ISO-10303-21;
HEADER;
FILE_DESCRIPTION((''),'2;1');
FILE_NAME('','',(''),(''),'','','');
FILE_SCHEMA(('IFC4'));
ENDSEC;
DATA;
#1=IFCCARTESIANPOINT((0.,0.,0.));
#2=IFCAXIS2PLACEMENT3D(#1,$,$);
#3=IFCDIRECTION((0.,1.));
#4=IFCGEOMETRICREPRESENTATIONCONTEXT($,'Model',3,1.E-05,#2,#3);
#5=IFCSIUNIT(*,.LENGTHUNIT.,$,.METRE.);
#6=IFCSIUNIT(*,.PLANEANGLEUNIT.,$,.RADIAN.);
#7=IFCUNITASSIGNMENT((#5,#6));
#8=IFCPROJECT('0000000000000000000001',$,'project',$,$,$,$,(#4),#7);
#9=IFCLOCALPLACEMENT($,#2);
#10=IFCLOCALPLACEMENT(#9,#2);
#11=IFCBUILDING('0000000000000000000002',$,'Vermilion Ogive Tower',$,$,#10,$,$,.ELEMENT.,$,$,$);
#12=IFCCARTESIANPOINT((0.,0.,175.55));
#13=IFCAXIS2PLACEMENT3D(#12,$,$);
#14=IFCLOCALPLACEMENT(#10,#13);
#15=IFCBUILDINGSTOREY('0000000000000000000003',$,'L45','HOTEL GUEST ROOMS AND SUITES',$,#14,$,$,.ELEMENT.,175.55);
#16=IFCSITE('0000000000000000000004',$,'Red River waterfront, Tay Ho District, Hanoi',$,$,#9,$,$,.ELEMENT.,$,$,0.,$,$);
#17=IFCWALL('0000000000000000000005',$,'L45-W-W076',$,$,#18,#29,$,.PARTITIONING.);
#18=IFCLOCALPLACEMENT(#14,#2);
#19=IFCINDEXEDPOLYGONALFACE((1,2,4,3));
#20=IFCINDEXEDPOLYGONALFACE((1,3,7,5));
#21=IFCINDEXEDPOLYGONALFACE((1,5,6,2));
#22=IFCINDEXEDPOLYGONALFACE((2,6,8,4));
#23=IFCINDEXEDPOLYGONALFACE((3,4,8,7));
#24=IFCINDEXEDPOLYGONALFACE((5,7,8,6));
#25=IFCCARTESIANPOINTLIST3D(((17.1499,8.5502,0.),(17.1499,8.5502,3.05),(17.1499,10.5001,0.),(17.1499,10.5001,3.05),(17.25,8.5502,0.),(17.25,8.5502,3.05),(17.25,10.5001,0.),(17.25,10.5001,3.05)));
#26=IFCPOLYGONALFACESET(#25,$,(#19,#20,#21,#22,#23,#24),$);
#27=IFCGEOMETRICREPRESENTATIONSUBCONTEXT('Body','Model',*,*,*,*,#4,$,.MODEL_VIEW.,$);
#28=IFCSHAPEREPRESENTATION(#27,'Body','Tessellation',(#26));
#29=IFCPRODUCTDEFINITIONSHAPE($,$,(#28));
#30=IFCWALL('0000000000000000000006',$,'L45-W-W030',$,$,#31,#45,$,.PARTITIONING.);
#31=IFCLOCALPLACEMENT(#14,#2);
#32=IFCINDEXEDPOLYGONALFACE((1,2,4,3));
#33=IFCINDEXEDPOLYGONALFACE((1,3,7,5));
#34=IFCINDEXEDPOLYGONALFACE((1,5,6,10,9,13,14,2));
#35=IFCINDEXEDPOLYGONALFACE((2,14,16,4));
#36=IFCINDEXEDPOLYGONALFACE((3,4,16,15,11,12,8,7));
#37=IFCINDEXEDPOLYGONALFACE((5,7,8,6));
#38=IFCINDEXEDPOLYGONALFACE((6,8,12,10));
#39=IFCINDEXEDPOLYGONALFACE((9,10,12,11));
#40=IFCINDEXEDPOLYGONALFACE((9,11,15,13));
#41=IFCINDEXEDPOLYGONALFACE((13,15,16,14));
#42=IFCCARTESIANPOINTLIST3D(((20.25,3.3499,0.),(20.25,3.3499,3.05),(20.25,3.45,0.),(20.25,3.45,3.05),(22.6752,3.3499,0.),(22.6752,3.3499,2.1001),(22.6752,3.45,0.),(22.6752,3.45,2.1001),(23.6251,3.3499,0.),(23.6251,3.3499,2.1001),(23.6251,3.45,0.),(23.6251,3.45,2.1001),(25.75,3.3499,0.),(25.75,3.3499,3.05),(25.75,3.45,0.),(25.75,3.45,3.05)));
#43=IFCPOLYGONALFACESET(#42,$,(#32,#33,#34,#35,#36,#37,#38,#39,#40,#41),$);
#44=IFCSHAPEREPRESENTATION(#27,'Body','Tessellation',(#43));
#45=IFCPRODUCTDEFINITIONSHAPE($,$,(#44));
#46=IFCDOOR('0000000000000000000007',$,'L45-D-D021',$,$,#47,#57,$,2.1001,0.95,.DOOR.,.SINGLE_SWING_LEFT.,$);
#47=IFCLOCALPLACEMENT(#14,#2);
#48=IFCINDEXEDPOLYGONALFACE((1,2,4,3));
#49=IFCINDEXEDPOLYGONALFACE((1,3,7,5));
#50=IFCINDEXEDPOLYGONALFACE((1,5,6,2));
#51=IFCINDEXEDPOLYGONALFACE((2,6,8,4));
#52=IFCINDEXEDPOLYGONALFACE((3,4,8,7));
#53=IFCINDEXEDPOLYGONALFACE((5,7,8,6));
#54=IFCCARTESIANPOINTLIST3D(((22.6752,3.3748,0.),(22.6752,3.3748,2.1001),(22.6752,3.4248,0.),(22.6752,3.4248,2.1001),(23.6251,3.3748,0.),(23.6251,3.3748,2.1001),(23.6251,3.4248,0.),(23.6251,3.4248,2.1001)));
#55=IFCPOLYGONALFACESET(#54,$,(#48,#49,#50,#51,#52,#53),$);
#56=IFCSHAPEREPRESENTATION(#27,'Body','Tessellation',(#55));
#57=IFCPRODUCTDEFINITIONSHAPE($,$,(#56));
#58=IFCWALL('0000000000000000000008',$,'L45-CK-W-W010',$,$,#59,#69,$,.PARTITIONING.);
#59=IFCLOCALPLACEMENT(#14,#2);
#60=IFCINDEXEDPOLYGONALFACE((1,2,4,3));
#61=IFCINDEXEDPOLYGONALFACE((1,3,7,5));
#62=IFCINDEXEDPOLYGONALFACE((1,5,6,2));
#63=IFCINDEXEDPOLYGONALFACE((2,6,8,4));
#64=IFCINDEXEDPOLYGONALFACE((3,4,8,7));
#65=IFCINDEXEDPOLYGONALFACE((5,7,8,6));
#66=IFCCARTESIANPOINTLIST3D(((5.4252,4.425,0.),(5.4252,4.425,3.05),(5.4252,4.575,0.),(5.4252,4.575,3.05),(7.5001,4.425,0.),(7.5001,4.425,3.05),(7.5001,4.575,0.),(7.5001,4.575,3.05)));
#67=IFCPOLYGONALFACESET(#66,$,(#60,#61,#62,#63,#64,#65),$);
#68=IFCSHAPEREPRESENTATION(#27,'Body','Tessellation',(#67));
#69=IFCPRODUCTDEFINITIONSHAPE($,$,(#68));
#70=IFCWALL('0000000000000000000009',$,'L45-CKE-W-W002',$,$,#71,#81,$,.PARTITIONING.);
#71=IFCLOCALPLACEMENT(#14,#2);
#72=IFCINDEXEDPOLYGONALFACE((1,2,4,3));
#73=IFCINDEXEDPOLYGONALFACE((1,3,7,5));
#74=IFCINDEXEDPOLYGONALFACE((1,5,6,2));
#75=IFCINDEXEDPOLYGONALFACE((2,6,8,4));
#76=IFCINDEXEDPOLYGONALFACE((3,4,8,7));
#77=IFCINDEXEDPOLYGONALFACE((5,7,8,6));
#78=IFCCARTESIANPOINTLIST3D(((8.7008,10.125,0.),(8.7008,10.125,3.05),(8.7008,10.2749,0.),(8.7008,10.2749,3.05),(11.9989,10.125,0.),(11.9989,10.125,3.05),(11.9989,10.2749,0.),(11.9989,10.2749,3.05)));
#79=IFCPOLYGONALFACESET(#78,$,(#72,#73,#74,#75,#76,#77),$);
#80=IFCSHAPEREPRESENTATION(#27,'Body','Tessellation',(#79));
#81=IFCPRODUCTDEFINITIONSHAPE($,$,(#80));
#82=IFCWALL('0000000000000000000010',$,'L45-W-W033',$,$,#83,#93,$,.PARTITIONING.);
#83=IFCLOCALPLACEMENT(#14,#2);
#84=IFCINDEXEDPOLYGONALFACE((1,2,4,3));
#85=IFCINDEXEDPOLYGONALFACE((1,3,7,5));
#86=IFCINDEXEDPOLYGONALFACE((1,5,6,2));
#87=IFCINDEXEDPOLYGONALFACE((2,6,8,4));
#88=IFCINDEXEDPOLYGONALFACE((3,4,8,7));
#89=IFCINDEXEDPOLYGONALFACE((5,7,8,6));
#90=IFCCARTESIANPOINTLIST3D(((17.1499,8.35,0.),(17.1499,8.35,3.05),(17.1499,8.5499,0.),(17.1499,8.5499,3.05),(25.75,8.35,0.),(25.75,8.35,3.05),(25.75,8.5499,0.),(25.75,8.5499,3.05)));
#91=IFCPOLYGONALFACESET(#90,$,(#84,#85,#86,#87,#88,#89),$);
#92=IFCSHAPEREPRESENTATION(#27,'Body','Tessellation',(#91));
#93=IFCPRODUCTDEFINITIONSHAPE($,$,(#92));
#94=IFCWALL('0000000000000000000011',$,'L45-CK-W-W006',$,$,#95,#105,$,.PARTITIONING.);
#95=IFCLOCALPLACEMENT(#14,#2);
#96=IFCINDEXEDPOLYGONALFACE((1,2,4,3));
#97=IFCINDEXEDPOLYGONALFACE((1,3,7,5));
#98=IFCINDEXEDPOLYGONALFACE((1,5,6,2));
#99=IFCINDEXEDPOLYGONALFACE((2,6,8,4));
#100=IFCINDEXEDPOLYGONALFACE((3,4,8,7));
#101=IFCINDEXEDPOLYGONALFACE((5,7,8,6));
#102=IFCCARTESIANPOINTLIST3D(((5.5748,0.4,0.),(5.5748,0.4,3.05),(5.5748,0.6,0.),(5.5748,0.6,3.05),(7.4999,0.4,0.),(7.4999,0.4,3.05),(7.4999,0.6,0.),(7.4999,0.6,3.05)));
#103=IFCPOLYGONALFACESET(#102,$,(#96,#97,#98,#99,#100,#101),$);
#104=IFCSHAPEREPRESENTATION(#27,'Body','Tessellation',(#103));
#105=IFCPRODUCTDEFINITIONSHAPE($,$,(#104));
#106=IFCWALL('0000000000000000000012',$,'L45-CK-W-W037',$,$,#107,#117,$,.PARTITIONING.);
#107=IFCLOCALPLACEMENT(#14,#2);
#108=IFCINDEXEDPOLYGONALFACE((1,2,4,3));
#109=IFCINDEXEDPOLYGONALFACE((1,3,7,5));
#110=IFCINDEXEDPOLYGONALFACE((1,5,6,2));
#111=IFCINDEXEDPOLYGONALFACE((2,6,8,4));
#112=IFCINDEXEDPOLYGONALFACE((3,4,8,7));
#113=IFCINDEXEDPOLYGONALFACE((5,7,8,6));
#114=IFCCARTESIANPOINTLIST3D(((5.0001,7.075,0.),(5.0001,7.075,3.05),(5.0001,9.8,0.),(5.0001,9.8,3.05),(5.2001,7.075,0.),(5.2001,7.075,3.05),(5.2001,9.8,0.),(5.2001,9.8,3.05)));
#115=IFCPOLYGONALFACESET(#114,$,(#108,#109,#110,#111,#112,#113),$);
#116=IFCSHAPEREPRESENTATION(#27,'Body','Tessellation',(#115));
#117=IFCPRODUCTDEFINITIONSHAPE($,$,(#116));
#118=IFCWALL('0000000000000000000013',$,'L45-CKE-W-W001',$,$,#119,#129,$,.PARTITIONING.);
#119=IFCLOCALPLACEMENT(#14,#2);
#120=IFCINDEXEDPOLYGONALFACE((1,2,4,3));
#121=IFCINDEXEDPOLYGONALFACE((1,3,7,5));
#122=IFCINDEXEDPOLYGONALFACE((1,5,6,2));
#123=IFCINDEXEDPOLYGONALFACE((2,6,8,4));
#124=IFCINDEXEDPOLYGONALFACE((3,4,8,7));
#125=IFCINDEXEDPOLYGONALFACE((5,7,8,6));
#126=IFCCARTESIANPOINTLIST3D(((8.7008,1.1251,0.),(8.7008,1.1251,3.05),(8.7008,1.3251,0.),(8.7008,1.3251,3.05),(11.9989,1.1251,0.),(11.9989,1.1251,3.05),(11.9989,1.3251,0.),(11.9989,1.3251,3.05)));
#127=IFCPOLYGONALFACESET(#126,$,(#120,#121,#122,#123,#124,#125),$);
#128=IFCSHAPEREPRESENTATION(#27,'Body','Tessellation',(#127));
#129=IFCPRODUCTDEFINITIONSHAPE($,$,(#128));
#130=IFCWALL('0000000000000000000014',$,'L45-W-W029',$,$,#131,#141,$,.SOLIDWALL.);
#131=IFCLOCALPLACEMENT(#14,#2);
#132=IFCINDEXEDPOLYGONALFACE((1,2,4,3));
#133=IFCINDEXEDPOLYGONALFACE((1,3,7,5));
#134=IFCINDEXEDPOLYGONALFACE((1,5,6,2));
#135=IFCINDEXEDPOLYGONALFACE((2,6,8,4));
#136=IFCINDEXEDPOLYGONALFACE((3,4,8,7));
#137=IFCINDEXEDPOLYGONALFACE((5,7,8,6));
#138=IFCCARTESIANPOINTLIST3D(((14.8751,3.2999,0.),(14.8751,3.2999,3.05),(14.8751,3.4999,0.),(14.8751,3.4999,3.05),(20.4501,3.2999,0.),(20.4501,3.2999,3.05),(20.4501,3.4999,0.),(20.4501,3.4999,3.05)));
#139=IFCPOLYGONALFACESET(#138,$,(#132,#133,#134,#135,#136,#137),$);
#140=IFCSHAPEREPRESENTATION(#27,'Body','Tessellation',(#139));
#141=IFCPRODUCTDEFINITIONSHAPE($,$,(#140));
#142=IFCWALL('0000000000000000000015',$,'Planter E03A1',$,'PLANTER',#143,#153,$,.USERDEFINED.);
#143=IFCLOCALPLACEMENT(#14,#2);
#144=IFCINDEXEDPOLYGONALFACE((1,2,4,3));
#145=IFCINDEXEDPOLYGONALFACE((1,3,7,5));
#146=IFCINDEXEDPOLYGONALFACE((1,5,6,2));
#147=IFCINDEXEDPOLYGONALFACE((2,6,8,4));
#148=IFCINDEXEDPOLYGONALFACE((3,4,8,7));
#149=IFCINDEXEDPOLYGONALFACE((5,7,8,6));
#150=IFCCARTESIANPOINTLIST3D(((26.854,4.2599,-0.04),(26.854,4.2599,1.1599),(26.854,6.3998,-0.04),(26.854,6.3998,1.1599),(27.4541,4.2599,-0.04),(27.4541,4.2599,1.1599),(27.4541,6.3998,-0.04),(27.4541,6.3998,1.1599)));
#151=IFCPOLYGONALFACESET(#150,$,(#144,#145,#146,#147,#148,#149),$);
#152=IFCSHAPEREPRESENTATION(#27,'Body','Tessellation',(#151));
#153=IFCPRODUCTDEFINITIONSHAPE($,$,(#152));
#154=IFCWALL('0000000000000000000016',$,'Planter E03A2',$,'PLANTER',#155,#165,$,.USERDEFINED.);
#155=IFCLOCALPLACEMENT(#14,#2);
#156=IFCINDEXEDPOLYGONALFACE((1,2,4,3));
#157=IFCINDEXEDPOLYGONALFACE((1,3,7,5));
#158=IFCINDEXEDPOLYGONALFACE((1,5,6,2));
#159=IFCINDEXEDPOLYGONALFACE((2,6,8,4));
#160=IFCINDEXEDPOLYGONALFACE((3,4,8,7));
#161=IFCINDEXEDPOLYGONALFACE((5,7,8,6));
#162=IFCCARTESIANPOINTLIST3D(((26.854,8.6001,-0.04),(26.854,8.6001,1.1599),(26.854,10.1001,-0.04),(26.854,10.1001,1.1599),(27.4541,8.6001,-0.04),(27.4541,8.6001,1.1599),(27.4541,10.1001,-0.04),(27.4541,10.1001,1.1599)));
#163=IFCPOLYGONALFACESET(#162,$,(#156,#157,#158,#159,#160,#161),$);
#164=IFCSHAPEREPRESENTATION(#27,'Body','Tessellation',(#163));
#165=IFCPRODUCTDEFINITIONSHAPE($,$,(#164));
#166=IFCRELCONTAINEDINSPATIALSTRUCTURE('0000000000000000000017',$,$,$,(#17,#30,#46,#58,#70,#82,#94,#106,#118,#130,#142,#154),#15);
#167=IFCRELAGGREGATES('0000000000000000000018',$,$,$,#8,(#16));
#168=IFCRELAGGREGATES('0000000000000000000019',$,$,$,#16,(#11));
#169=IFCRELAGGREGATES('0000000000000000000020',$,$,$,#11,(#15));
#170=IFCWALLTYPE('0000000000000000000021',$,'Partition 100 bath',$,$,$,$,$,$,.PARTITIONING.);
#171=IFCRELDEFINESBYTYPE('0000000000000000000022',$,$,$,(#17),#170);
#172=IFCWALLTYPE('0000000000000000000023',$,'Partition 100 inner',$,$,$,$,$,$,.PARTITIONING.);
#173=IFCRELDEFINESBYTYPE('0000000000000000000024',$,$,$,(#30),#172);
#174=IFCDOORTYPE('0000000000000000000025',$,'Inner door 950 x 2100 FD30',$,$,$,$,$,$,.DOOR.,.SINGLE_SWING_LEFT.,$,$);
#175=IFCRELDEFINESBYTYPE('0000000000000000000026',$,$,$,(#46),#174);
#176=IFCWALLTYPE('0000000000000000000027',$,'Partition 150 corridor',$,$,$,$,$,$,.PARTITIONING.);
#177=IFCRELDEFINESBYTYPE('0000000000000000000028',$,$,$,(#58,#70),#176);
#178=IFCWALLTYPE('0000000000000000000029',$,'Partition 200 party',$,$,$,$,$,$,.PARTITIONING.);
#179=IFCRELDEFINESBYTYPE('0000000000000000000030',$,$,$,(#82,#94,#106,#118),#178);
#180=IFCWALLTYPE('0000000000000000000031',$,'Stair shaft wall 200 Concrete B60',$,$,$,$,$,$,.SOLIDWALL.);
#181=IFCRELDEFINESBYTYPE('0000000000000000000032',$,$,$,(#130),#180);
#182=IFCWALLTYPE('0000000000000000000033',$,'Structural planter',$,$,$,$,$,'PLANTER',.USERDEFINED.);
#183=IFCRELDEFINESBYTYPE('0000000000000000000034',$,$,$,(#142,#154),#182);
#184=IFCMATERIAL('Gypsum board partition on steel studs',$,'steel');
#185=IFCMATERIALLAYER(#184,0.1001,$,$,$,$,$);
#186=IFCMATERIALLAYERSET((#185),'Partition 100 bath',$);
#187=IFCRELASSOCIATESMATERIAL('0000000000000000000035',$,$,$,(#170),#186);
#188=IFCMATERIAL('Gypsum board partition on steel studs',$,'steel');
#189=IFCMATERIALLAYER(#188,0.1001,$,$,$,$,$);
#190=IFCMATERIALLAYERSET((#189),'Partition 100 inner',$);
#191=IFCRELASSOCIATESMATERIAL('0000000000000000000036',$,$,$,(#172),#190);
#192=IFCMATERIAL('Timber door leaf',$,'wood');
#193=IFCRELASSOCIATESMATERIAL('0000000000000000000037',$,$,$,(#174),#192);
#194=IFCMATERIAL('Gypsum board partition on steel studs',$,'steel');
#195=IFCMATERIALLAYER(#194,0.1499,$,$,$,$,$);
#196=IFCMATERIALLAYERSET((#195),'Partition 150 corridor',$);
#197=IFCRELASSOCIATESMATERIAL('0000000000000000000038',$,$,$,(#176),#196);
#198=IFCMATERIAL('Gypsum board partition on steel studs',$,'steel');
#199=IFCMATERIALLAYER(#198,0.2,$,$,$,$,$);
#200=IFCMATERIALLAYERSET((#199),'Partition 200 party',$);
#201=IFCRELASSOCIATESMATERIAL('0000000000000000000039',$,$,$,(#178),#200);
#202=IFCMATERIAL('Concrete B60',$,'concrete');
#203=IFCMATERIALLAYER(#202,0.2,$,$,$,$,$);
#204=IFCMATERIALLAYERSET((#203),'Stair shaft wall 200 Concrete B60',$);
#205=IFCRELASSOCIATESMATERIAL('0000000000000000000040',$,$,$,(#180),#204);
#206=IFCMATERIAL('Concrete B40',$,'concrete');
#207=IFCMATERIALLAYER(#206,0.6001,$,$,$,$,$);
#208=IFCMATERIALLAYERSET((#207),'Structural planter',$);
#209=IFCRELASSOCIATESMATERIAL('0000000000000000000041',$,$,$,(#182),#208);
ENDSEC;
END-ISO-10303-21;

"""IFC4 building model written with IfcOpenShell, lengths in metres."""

from ifc_helpers import new_model, si_unit, direction, frame, frame_2d, origin, place, context, subcontext, project, spatial, rectangle, extrude, material, layer, layer_set, type_object, element, fill, save


model = new_model("IFC4")

# Units and contexts
model_context = context("Model", 3, precision=1e-05, world=origin(), true_north=direction((0.0, 1.0)))
body_context = subcontext(model_context, "Body", "Model", "MODEL_VIEW")
ifc_project = project(units=[si_unit("LENGTHUNIT", "METRE"), si_unit("PLANEANGLEUNIT", "RADIAN")], contexts=[model_context])

# Site, building, storey
site_placement = place(None, origin())
site = spatial("IfcSite", under=ifc_project, at=site_placement, Name="Red River waterfront, Tay Ho District, Hanoi", CompositionType="ELEMENT", RefElevation=0.0)
building_placement = place(site_placement, origin())
building = spatial("IfcBuilding", under=site, at=building_placement, Name="Vermilion Ogive Tower", CompositionType="ELEMENT")
storey_placement = place(building_placement, frame((0.0, 0.0, 175.55)))
storey = spatial("IfcBuildingStorey", under=building, at=storey_placement, Name="L45", Description="HOTEL GUEST ROOMS AND SUITES", CompositionType="ELEMENT", Elevation=175.55)

# Shared definitions
ifc_material_1 = material(Name="Gypsum board partition on steel studs", Category="steel")
ifc_layer_1 = layer(ifc_material_1, 0.1001)
ifc_layer_set_1 = layer_set([ifc_layer_1], Name="Partition 100 bath")
wall_type_1 = type_object("IfcWallType", Name="Partition 100 bath", PredefinedType="PARTITIONING", material=ifc_layer_set_1)

# Wall
wall_1_placement = place(storey_placement, frame((17.2, 8.55, 0.0), z_axis=(0.0, 0.0, 1.0), x_axis=(0.0, 1.0, 0.0)))
element("IfcWall", 1, at=wall_1_placement, inside=storey, type_object=wall_type_1, Name="L45-W-W076", PredefinedType="PARTITIONING", context=body_context, shape_type="SweptSolid", body=[
    extrude(rectangle(XDim=1.95, YDim=0.1001, at=frame_2d((0.9751, 0.0))), origin(), (0.0, 0.0, 1.0), 3.05),
])

# Wall, opening, door
ifc_material_2 = material(Name="Gypsum board partition on steel studs", Category="steel")
ifc_layer_2 = layer(ifc_material_2, 0.1001)
ifc_layer_set_2 = layer_set([ifc_layer_2], Name="Partition 100 inner")
wall_type_2 = type_object("IfcWallType", Name="Partition 100 inner", PredefinedType="PARTITIONING", material=ifc_layer_set_2)
wall_2_placement = place(storey_placement, frame((20.25, 3.3999, 0.0), z_axis=(0.0, 0.0, 1.0), x_axis=(1.0, 0.0, 0.0)))
wall_2 = element("IfcWall", 2, at=wall_2_placement, inside=storey, type_object=wall_type_2, Name="L45-W-W030", PredefinedType="PARTITIONING", context=body_context, shape_type="SweptSolid", body=[
    extrude(rectangle(XDim=5.5, YDim=0.1001, at=frame_2d((2.75, 0.0))), origin(), (0.0, 0.0, 1.0), 3.05),
])
opening_1_placement = place(wall_2_placement, frame((2.425, 0.0, 0.0)))
opening_1 = element("IfcOpeningElement", 3, at=opening_1_placement, cuts=wall_2, PredefinedType="OPENING", context=body_context, shape_type="SweptSolid", body=[
    extrude(rectangle(XDim=0.95, YDim=2.1001, at=frame_2d((0.4751, 1.05))), frame((0.0, 0.0601, 0.0), z_axis=(0.0, -1.0, 0.0), x_axis=(1.0, 0.0, 0.0)), (0.0, 0.0, 1.0), 0.1201),
])
ifc_material_3 = material(Name="Timber door leaf", Category="wood")
door_type_1 = type_object("IfcDoorType", Name="Inner door 950 x 2100 FD30", OperationType="SINGLE_SWING_LEFT", PredefinedType="DOOR", material=ifc_material_3)
door_1_placement = place(opening_1_placement, origin())
door_1 = element("IfcDoor", 4, at=door_1_placement, inside=storey, type_object=door_type_1, Name="L45-D-D021", OperationType="SINGLE_SWING_LEFT", OverallHeight=2.1001, OverallWidth=0.95, PredefinedType="DOOR", context=body_context, shape_type="SweptSolid", body=[
    extrude(rectangle(XDim=0.95, YDim=2.1001, at=frame_2d((0.4751, 1.05))), frame((0.0, 0.0249, 0.0), z_axis=(0.0, -1.0, 0.0), x_axis=(1.0, 0.0, 0.0)), (0.0, 0.0, 1.0), 0.05),
])
fill(opening_1, door_1)

# Walls
ifc_material_4 = material(Name="Gypsum board partition on steel studs", Category="steel")
ifc_layer_3 = layer(ifc_material_4, 0.1499)
ifc_layer_set_3 = layer_set([ifc_layer_3], Name="Partition 150 corridor")
wall_type_3 = type_object("IfcWallType", Name="Partition 150 corridor", PredefinedType="PARTITIONING", material=ifc_layer_set_3)
wall_3_placement = place(storey_placement, frame((5.425, 4.5, 0.0), z_axis=(0.0, 0.0, 1.0), x_axis=(1.0, 0.0, 0.0)))
element("IfcWall", 5, at=wall_3_placement, inside=storey, type_object=wall_type_3, Name="L45-CK-W-W010", PredefinedType="PARTITIONING", context=body_context, shape_type="SweptSolid", body=[
    extrude(rectangle(XDim=2.075, YDim=0.1499, at=frame_2d((1.0376, 0.0))), origin(), (0.0, 0.0, 1.0), 3.05),
])
wall_4_placement = place(storey_placement, frame((8.7009, 10.2, 0.0), z_axis=(0.0, 0.0, 1.0), x_axis=(1.0, 0.0, 0.0)))
element("IfcWall", 6, at=wall_4_placement, inside=storey, type_object=wall_type_3, Name="L45-CKE-W-W002", PredefinedType="PARTITIONING", context=body_context, shape_type="SweptSolid", body=[
    extrude(rectangle(XDim=3.2981, YDim=0.1499, at=frame_2d((1.6489, 0.0))), origin(), (0.0, 0.0, 1.0), 3.05),
])
ifc_material_5 = material(Name="Gypsum board partition on steel studs", Category="steel")
ifc_layer_4 = layer(ifc_material_5, 0.2)
ifc_layer_set_4 = layer_set([ifc_layer_4], Name="Partition 200 party")
wall_type_4 = type_object("IfcWallType", Name="Partition 200 party", PredefinedType="PARTITIONING", material=ifc_layer_set_4)
wall_5_placement = place(storey_placement, frame((17.1499, 8.45, 0.0), z_axis=(0.0, 0.0, 1.0), x_axis=(1.0, 0.0, 0.0)))
element("IfcWall", 7, at=wall_5_placement, inside=storey, type_object=wall_type_4, Name="L45-W-W033", PredefinedType="PARTITIONING", context=body_context, shape_type="SweptSolid", body=[
    extrude(rectangle(XDim=8.6001, YDim=0.2, at=frame_2d((4.3, 0.0))), origin(), (0.0, 0.0, 1.0), 3.05),
])
wall_6_placement = place(storey_placement, frame((5.575, 0.5, 0.0), z_axis=(0.0, 0.0, 1.0), x_axis=(1.0, 0.0, 0.0)))
element("IfcWall", 8, at=wall_6_placement, inside=storey, type_object=wall_type_4, Name="L45-CK-W-W006", PredefinedType="PARTITIONING", context=body_context, shape_type="SweptSolid", body=[
    extrude(rectangle(XDim=1.925, YDim=0.2, at=frame_2d((0.9624, 0.0))), origin(), (0.0, 0.0, 1.0), 3.05),
])
wall_7_placement = place(storey_placement, frame((5.1001, 7.075, 0.0), z_axis=(0.0, 0.0, 1.0), x_axis=(0.0, 1.0, 0.0)))
element("IfcWall", 9, at=wall_7_placement, inside=storey, type_object=wall_type_4, Name="L45-CK-W-W037", PredefinedType="PARTITIONING", context=body_context, shape_type="SweptSolid", body=[
    extrude(rectangle(XDim=2.7251, YDim=0.2, at=frame_2d((1.3625, 0.0))), origin(), (0.0, 0.0, 1.0), 3.05),
])
wall_8_placement = place(storey_placement, frame((8.7009, 1.2251, 0.0), z_axis=(0.0, 0.0, 1.0), x_axis=(1.0, 0.0, 0.0)))
element("IfcWall", 10, at=wall_8_placement, inside=storey, type_object=wall_type_4, Name="L45-CKE-W-W001", PredefinedType="PARTITIONING", context=body_context, shape_type="SweptSolid", body=[
    extrude(rectangle(XDim=3.2981, YDim=0.2, at=frame_2d((1.6489, 0.0))), origin(), (0.0, 0.0, 1.0), 3.05),
])
ifc_material_6 = material(Name="Concrete B60", Category="concrete")
ifc_layer_5 = layer(ifc_material_6, 0.2)
ifc_layer_set_5 = layer_set([ifc_layer_5], Name="Stair shaft wall 200 Concrete B60")
wall_type_5 = type_object("IfcWallType", Name="Stair shaft wall 200 Concrete B60", PredefinedType="SOLIDWALL", material=ifc_layer_set_5)
wall_9_placement = place(storey_placement, frame((14.875, 3.3999, 0.0), z_axis=(0.0, 0.0, 1.0), x_axis=(1.0, 0.0, 0.0)))
element("IfcWall", 11, at=wall_9_placement, inside=storey, type_object=wall_type_5, Name="L45-W-W029", PredefinedType="SOLIDWALL", context=body_context, shape_type="SweptSolid", body=[
    extrude(rectangle(XDim=5.575, YDim=0.2, at=frame_2d((2.7876, 0.0))), origin(), (0.0, 0.0, 1.0), 3.05),
])
ifc_material_7 = material(Name="Concrete B40", Category="concrete")
ifc_layer_6 = layer(ifc_material_7, 0.6001)
ifc_layer_set_6 = layer_set([ifc_layer_6], Name="Structural planter")
wall_type_6 = type_object("IfcWallType", Name="Structural planter", ElementType="PLANTER", PredefinedType="USERDEFINED", material=ifc_layer_set_6)
wall_10_placement = place(storey_placement, frame((27.1541, 4.26, -0.04), z_axis=(0.0, 0.0, 1.0), x_axis=(0.0, 1.0, 0.0)))
element("IfcWall", 12, at=wall_10_placement, inside=storey, type_object=wall_type_6, Name="Planter E03A1", ObjectType="PLANTER", PredefinedType="USERDEFINED", context=body_context, shape_type="SweptSolid", body=[
    extrude(rectangle(XDim=2.1399, YDim=0.6001, at=frame_2d((1.0698, 0.0))), origin(), (0.0, 0.0, 1.0), 1.2),
])
wall_11_placement = place(storey_placement, frame((27.1541, 8.6001, -0.04), z_axis=(0.0, 0.0, 1.0), x_axis=(0.0, 1.0, 0.0)))
element("IfcWall", 13, at=wall_11_placement, inside=storey, type_object=wall_type_6, Name="Planter E03A2", ObjectType="PLANTER", PredefinedType="USERDEFINED", context=body_context, shape_type="SweptSolid", body=[
    extrude(rectangle(XDim=1.5, YDim=0.6001, at=frame_2d((0.75, 0.0))), origin(), (0.0, 0.0, 1.0), 1.2),
])

save(model, "model.ifc")
